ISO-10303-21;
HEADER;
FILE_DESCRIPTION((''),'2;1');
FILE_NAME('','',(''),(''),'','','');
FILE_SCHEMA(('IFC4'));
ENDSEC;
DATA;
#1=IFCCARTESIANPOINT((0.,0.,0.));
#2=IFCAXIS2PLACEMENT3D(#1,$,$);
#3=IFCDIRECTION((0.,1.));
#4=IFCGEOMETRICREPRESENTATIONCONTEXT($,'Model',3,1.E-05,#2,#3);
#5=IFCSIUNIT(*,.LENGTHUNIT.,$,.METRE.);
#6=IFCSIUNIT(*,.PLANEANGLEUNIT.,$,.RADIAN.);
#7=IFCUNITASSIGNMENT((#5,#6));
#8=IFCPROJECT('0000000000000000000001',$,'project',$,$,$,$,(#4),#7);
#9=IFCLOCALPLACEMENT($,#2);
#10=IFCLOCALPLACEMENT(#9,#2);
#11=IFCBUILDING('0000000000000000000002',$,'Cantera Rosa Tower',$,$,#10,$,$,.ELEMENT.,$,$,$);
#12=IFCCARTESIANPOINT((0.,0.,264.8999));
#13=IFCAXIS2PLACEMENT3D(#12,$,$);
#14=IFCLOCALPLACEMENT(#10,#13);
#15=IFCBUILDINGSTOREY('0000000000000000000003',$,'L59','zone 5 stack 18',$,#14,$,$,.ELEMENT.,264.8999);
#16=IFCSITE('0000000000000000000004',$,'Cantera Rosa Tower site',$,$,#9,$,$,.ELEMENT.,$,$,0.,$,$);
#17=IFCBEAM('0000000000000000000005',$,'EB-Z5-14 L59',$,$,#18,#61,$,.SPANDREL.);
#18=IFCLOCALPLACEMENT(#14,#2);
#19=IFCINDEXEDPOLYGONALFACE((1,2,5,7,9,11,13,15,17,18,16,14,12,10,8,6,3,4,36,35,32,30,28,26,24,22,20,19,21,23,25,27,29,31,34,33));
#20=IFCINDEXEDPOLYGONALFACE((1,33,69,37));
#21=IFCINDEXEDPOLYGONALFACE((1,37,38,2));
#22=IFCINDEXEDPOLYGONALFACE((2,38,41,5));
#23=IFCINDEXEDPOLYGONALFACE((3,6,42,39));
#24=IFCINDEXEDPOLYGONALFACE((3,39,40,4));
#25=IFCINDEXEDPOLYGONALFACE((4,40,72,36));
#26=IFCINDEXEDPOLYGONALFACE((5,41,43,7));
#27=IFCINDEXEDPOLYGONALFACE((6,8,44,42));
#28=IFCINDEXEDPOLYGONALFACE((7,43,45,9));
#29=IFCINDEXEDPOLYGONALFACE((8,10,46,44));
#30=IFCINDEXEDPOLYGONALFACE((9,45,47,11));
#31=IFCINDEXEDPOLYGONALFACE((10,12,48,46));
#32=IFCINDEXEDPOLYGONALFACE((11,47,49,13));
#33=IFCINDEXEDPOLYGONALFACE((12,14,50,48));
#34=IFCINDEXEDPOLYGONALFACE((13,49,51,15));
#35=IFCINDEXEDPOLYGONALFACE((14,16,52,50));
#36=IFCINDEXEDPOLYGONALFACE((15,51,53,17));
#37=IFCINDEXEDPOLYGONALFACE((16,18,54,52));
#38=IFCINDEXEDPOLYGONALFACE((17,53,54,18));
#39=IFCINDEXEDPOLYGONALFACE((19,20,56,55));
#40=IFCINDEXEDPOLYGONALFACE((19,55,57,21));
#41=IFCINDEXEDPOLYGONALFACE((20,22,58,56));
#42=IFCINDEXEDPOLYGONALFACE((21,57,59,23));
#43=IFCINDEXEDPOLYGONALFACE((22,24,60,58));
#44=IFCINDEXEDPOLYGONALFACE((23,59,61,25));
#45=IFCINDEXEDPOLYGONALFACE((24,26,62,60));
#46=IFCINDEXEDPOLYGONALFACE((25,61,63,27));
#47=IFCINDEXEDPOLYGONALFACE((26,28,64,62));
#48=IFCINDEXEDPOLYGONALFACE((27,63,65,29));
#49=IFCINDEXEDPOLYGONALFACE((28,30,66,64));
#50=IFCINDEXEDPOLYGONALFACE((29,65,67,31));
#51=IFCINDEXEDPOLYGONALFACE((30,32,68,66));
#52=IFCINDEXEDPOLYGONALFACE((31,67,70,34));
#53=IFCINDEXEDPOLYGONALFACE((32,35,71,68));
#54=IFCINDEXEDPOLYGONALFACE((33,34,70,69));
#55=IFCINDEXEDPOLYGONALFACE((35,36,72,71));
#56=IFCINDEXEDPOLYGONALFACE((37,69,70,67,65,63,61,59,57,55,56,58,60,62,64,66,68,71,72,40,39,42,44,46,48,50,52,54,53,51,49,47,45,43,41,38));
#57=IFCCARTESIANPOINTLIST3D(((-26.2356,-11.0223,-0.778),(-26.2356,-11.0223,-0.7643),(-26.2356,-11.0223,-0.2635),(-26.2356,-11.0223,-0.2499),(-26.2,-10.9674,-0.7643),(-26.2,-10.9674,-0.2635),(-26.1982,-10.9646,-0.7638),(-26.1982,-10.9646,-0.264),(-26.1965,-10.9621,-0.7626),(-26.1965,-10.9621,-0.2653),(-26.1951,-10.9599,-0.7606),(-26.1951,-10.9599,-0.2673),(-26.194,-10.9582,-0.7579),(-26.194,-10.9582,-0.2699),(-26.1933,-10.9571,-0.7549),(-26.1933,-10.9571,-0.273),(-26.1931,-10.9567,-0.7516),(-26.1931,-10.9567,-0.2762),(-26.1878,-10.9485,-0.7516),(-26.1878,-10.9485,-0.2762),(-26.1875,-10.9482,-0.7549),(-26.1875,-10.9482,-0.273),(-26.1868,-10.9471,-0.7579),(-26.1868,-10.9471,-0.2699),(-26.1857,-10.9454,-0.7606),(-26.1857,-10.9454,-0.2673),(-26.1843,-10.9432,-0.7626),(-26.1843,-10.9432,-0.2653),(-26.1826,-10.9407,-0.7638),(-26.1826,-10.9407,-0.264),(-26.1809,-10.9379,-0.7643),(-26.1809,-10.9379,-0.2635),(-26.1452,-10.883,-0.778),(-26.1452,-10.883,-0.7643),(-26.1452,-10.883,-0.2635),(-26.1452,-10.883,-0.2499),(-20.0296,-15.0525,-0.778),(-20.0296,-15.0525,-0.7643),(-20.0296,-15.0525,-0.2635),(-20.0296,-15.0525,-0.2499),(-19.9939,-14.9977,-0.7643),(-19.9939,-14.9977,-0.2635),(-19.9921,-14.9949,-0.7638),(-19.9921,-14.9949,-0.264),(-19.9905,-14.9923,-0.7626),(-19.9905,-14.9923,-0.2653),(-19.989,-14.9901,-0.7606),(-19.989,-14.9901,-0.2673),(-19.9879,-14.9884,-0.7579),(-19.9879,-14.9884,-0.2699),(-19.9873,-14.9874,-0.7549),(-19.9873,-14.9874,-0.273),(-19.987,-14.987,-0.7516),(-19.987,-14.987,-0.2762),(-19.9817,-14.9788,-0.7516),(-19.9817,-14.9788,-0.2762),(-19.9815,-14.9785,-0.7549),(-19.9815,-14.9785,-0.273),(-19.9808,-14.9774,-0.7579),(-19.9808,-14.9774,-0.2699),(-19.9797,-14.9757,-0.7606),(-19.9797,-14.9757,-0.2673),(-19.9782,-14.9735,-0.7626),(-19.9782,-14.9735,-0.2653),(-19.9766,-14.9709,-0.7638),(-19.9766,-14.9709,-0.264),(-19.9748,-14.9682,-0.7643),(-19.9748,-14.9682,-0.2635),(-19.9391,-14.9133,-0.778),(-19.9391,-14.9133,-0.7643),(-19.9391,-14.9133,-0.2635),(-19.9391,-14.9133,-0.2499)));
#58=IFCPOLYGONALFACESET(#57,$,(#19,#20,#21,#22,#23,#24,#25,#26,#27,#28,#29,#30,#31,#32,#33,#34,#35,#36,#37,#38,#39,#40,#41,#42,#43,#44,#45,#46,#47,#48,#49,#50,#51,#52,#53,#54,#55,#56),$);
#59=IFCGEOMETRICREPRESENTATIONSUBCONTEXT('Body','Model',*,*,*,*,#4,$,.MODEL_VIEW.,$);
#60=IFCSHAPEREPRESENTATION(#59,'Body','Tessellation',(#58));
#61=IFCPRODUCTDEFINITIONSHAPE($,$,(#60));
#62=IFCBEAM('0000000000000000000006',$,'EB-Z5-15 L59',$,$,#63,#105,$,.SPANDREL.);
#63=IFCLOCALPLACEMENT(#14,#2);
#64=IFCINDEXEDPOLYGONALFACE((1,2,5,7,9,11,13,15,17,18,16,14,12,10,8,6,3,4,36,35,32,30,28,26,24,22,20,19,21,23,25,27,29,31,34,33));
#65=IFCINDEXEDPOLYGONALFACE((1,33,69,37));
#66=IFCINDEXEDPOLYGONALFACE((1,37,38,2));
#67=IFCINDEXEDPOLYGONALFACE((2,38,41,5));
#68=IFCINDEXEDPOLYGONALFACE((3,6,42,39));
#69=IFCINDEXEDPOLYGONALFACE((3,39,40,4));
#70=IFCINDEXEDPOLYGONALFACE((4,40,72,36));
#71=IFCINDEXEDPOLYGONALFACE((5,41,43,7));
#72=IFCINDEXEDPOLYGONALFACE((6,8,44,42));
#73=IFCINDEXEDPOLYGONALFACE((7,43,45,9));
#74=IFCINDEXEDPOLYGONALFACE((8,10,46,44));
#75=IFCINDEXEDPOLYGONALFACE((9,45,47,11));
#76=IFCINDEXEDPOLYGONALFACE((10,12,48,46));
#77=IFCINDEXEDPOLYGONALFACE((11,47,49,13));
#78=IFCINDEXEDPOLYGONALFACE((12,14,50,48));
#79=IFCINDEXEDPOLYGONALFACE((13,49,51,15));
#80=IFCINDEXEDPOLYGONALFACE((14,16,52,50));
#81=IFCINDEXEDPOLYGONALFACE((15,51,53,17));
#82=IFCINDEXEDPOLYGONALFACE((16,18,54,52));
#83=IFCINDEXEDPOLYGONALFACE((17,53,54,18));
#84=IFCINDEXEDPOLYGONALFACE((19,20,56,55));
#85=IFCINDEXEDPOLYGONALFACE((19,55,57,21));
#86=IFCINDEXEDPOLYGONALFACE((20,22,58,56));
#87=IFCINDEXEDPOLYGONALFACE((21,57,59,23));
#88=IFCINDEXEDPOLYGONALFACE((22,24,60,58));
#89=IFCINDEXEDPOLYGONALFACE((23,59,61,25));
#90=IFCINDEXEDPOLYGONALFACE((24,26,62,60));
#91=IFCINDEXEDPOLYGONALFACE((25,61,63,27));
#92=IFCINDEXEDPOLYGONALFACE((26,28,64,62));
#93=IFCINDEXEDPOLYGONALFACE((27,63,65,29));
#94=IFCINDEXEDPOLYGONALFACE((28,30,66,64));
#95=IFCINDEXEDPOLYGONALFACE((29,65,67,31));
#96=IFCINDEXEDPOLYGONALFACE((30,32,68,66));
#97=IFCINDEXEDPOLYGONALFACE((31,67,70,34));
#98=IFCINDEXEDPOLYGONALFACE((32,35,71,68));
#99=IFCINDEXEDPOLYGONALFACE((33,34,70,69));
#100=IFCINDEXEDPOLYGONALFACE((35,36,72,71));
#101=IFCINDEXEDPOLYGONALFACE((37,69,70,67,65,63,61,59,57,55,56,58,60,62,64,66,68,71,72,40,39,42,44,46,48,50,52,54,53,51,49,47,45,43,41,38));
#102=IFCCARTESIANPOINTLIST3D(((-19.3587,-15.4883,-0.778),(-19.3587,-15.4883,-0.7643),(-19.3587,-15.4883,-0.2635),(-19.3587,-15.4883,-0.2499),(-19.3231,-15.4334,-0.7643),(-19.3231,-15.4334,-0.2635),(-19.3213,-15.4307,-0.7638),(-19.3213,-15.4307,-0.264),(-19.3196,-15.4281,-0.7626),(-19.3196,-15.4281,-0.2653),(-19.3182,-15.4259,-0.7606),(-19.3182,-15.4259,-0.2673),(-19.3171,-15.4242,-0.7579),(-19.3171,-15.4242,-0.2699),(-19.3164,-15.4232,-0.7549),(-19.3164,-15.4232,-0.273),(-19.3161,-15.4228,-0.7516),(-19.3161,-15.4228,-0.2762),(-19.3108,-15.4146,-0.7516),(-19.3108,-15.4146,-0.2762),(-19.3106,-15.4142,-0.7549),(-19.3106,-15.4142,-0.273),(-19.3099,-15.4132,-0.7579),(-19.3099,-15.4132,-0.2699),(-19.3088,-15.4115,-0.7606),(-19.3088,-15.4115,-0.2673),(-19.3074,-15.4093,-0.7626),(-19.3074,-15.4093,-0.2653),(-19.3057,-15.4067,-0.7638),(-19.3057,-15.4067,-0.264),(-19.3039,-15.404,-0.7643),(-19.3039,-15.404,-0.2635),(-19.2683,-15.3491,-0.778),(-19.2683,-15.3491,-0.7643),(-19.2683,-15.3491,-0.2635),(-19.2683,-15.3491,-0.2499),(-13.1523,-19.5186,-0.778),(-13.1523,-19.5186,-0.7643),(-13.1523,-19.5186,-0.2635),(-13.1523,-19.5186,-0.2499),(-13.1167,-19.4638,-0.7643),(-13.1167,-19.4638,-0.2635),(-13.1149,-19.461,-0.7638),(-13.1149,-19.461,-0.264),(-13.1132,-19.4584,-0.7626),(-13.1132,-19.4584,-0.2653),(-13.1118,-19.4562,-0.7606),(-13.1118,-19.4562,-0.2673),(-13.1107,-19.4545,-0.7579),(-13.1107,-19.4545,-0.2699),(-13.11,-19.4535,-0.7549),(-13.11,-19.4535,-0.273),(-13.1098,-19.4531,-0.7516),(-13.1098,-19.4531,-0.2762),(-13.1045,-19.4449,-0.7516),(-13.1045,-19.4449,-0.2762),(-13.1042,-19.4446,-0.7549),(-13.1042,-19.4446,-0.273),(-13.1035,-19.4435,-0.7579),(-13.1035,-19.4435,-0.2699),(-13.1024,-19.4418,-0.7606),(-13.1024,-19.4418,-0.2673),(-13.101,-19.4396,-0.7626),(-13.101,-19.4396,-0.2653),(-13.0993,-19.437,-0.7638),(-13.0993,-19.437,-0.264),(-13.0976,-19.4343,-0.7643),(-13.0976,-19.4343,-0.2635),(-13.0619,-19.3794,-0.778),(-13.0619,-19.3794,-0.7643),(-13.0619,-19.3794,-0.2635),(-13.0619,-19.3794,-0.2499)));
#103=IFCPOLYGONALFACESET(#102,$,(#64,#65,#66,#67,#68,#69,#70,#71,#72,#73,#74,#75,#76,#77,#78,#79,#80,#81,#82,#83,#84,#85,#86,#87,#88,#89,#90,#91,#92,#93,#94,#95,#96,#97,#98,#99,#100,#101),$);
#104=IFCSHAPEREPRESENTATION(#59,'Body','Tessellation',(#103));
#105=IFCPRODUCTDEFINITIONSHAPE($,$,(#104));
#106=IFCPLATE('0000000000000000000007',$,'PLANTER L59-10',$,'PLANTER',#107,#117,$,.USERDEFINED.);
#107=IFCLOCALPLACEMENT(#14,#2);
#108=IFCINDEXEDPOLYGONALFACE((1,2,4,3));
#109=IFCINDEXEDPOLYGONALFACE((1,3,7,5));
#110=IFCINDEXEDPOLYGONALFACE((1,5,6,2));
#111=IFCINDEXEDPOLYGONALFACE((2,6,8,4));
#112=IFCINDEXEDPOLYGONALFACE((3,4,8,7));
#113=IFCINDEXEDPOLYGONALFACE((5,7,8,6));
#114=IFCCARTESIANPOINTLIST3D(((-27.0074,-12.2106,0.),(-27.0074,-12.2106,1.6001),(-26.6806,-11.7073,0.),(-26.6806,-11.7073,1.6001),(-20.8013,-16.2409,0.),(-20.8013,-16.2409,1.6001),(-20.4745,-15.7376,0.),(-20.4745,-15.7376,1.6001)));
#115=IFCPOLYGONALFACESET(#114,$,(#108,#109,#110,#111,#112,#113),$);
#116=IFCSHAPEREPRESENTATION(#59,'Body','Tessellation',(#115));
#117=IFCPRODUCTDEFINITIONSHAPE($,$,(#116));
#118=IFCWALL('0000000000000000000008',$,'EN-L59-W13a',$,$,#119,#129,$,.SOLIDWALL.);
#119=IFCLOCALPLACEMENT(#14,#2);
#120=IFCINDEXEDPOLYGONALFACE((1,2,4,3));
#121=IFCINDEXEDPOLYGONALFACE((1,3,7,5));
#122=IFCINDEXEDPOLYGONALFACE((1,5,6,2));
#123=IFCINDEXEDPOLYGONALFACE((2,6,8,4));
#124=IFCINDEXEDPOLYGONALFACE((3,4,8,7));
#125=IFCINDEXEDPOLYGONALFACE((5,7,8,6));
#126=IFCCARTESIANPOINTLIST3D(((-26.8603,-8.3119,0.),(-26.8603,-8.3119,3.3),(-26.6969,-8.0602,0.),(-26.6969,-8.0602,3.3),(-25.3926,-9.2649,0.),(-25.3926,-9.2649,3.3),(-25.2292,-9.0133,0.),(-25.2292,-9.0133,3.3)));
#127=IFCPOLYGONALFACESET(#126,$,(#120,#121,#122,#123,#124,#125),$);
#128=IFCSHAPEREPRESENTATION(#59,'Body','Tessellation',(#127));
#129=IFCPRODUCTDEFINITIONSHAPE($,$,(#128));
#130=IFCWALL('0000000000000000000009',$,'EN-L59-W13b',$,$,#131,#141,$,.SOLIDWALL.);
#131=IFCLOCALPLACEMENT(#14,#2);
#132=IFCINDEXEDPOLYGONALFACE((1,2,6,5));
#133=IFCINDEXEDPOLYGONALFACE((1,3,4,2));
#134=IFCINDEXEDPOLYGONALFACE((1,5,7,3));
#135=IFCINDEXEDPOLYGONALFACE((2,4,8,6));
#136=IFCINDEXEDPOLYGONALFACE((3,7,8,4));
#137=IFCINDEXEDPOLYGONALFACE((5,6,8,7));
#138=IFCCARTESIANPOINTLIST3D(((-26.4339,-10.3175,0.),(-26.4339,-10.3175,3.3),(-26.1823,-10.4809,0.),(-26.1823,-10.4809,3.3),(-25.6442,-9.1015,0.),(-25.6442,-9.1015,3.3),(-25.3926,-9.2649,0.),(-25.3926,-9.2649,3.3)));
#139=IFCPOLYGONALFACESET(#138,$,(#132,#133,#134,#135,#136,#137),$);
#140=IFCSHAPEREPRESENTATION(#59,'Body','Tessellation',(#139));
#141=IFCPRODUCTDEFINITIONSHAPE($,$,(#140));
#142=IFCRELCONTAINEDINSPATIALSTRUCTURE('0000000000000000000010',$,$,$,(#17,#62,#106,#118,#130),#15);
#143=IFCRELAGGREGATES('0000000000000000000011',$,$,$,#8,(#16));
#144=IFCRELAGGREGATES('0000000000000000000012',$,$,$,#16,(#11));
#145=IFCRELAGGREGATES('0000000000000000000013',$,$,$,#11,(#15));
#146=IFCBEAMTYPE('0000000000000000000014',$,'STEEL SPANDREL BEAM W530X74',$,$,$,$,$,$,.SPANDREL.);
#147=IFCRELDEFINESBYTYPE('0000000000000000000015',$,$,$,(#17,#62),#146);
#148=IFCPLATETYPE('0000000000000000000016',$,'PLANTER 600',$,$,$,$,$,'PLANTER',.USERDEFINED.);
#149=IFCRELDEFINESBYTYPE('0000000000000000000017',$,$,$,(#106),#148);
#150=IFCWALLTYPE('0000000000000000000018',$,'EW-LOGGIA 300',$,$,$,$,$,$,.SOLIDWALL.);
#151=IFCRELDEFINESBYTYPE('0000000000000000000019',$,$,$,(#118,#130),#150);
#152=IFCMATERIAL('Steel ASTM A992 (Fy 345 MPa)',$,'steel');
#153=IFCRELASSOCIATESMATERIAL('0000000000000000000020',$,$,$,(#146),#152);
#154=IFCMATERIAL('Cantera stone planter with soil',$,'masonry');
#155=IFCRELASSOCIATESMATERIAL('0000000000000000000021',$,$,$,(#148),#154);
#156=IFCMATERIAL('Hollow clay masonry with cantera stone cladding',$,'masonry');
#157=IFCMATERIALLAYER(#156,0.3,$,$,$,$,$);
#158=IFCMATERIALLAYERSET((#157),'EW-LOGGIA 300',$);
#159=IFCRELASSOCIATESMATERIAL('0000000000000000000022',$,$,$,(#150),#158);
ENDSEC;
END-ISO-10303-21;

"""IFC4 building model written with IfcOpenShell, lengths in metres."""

from ifc_helpers import new_model, si_unit, direction, frame, frame_2d, origin, origin_2d, place, context, subcontext, project, spatial, rectangle, i_section, extrude, material, layer, layer_set, material_profile, profile_set, type_object, element, save


model = new_model("IFC4")

# Units and contexts
model_context = context("Model", 3, precision=1e-05, world=origin(), true_north=direction((0.0, 1.0)))
body_context = subcontext(model_context, "Body", "Model", "MODEL_VIEW")
ifc_project = project(units=[si_unit("LENGTHUNIT", "METRE"), si_unit("PLANEANGLEUNIT", "RADIAN")], contexts=[model_context])

# Site, building, storey
site_placement = place(None, origin())
site = spatial("IfcSite", under=ifc_project, at=site_placement, Name="Cantera Rosa Tower site", CompositionType="ELEMENT", RefElevation=0.0)
building_placement = place(site_placement, origin())
building = spatial("IfcBuilding", under=site, at=building_placement, Name="Cantera Rosa Tower", CompositionType="ELEMENT")
storey_placement = place(building_placement, frame((0.0, 0.0, 264.8999)))
storey = spatial("IfcBuildingStorey", under=building, at=storey_placement, Name="L59", Description="zone 5 stack 18", CompositionType="ELEMENT", Elevation=264.8999)

# Beams
ifc_material_1 = material(Name="Steel ASTM A992 (Fy 345 MPa)", Category="steel")
ifc_material_profile_1 = material_profile(ifc_material_1, i_section(OverallWidth=0.166, OverallDepth=0.5281, WebThickness=0.0098, FlangeThickness=0.0137, FilletRadius=0.0127, at=origin_2d()), Name="W530X74")
ifc_profile_set_1 = profile_set([ifc_material_profile_1], Name="Steel ASTM A992 (Fy 345 MPa)")
beam_type_1 = type_object("IfcBeamType", Name="STEEL SPANDREL BEAM W530X74", PredefinedType="SPANDREL", material=ifc_profile_set_1)
beam_1_placement = place(storey_placement, frame((-26.1904, -10.9526, -0.5139), z_axis=(0.83867, -0.54464, 0.0), x_axis=(0.54464, 0.83867, 0.0)))
element("IfcBeam", 1, at=beam_1_placement, inside=storey, type_object=beam_type_1, Name="EB-Z5-14 L59", PredefinedType="SPANDREL", context=body_context, shape_type="SweptSolid", body=[
    extrude(i_section(OverallWidth=0.166, OverallDepth=0.5281, WebThickness=0.0098, FlangeThickness=0.0137, FilletRadius=0.0127, at=origin_2d()), origin(), (0.0, 0.0, 1.0), 7.3999),
])
beam_2_placement = place(storey_placement, frame((-19.3135, -15.4187, -0.5139), z_axis=(0.838679, -0.544625, 0.0), x_axis=(0.544625, 0.838679, 0.0)))
element("IfcBeam", 2, at=beam_2_placement, inside=storey, type_object=beam_type_1, Name="EB-Z5-15 L59", PredefinedType="SPANDREL", context=body_context, shape_type="SweptSolid", body=[
    extrude(i_section(OverallWidth=0.166, OverallDepth=0.5281, WebThickness=0.0098, FlangeThickness=0.0137, FilletRadius=0.0127, at=origin_2d()), origin(), (0.0, 0.0, 1.0), 7.4001),
])

# Plate
ifc_material_2 = material(Name="Cantera stone planter with soil", Category="masonry")
plate_type = type_object("IfcPlateType", Name="PLANTER 600", ElementType="PLANTER", PredefinedType="USERDEFINED", material=ifc_material_2)
plate_placement = place(storey_placement, frame((-23.741, -13.9741, 0.0), z_axis=(0.0, 0.0, 1.0), x_axis=(0.838671, -0.544639, 0.0)))
element("IfcPlate", 3, at=plate_placement, inside=storey, type_object=plate_type, Name="PLANTER L59-10", ObjectType="PLANTER", PredefinedType="USERDEFINED", context=body_context, shape_type="SweptSolid", body=[
    extrude(rectangle(XDim=7.3999, YDim=0.6001, at=origin_2d()), origin(), (0.0, 0.0, 1.0), 1.6001),
])

# Walls
ifc_material_3 = material(Name="Hollow clay masonry with cantera stone cladding", Category="masonry")
ifc_layer_1 = layer(ifc_material_3, 0.3)
ifc_layer_set_1 = layer_set([ifc_layer_1], Name="EW-LOGGIA 300")
wall_type_1 = type_object("IfcWallType", Name="EW-LOGGIA 300", PredefinedType="SOLIDWALL", material=ifc_layer_set_1)
wall_1_placement = place(storey_placement, frame((-26.7786, -8.186, 0.0), z_axis=(0.0, 0.0, 1.0), x_axis=(0.838686, -0.544616, 0.0)))
element("IfcWall", 4, at=wall_1_placement, inside=storey, type_object=wall_type_1, Name="EN-L59-W13a", PredefinedType="SOLIDWALL", context=body_context, shape_type="SweptSolid", body=[
    extrude(rectangle(XDim=1.75, YDim=0.3, at=frame_2d((0.875, 0.0))), origin(), (0.0, 0.0, 1.0), 3.3),
])
wall_2_placement = place(storey_placement, frame((-25.5183, -9.1831, 0.0), z_axis=(0.0, 0.0, 1.0), x_axis=(-0.544675, -0.838647, 0.0)))
element("IfcWall", 5, at=wall_2_placement, inside=storey, type_object=wall_type_1, Name="EN-L59-W13b", PredefinedType="SOLIDWALL", context=body_context, shape_type="SweptSolid", body=[
    extrude(rectangle(XDim=1.45, YDim=0.3, at=frame_2d((0.7251, 0.0))), origin(), (0.0, 0.0, 1.0), 3.3),
])

save(model, "model.ifc")
